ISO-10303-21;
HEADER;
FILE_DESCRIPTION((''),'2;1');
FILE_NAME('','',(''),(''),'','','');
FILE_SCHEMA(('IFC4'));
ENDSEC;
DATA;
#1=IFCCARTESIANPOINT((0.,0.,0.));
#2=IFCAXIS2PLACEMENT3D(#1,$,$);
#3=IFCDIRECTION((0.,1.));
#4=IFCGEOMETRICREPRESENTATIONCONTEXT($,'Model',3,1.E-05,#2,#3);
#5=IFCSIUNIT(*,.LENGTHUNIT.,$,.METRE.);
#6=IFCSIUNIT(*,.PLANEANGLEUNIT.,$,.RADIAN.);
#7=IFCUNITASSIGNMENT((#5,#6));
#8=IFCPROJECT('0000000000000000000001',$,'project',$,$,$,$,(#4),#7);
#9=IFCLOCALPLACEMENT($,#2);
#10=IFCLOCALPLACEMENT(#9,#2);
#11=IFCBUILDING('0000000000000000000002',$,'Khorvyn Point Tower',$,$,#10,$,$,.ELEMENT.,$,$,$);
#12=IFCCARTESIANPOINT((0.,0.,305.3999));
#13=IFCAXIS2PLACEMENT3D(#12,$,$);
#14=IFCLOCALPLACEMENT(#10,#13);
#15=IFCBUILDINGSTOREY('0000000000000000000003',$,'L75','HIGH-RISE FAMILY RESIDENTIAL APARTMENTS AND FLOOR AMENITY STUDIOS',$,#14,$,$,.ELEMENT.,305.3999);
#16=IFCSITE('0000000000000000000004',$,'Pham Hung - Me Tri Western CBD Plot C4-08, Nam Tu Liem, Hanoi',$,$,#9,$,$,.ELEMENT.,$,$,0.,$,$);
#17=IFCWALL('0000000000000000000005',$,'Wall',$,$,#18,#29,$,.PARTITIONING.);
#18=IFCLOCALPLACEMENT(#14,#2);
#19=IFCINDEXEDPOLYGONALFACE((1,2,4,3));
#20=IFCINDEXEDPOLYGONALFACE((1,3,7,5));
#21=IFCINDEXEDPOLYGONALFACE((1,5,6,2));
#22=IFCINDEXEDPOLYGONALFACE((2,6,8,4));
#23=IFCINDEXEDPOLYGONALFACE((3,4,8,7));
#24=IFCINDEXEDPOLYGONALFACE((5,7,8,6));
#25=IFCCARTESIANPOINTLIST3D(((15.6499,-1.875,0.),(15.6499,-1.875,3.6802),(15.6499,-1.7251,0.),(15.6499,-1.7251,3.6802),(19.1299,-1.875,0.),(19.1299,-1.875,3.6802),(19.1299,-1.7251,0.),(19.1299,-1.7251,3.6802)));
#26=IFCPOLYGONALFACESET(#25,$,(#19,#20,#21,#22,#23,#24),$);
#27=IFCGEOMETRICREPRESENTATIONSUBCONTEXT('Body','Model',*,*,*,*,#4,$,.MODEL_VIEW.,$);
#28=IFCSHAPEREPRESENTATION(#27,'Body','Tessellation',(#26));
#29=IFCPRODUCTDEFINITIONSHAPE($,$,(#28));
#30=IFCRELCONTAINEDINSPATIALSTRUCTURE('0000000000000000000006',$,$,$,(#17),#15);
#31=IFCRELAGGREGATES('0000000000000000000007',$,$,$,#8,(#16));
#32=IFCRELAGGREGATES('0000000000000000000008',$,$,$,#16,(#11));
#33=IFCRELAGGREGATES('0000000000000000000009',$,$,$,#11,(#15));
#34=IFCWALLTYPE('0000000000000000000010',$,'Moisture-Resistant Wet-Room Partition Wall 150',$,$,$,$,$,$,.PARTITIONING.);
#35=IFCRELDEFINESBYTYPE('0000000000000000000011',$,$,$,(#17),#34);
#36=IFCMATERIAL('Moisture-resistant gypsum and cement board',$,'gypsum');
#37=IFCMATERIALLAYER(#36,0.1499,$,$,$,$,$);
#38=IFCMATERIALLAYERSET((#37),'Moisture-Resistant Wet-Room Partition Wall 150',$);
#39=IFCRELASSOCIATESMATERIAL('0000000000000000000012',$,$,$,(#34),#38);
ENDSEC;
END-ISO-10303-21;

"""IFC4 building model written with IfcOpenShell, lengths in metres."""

from ifc_helpers import new_model, si_unit, direction, frame, frame_2d, origin, place, context, subcontext, project, spatial, rectangle, extrude, material, layer, layer_set, type_object, element, save


model = new_model("IFC4")

# Units and contexts
model_context = context("Model", 3, precision=1e-05, world=origin(), true_north=direction((0.0, 1.0)))
body_context = subcontext(model_context, "Body", "Model", "MODEL_VIEW")
ifc_project = project(units=[si_unit("LENGTHUNIT", "METRE"), si_unit("PLANEANGLEUNIT", "RADIAN")], contexts=[model_context])

# Site, building, storey
site_placement = place(None, origin())
site = spatial("IfcSite", under=ifc_project, at=site_placement, Name="Pham Hung - Me Tri Western CBD Plot C4-08, Nam Tu Liem, Hanoi", CompositionType="ELEMENT", RefElevation=0.0)
building_placement = place(site_placement, origin())
building = spatial("IfcBuilding", under=site, at=building_placement, Name="Khorvyn Point Tower", CompositionType="ELEMENT")
storey_placement = place(building_placement, frame((0.0, 0.0, 305.3999)))
storey = spatial("IfcBuildingStorey", under=building, at=storey_placement, Name="L75", Description="HIGH-RISE FAMILY RESIDENTIAL APARTMENTS AND FLOOR AMENITY STUDIOS", CompositionType="ELEMENT", Elevation=305.3999)

# Wall
ifc_material_1 = material(Name="Moisture-resistant gypsum and cement board", Category="gypsum")
ifc_layer_1 = layer(ifc_material_1, 0.1499)
ifc_layer_set_1 = layer_set([ifc_layer_1], Name="Moisture-Resistant Wet-Room Partition Wall 150")
wall_type_1 = type_object("IfcWallType", Name="Moisture-Resistant Wet-Room Partition Wall 150", PredefinedType="PARTITIONING", material=ifc_layer_set_1)
wall_1_placement = place(storey_placement, frame((15.6499, -1.8, 0.0), z_axis=(0.0, 0.0, 1.0), x_axis=(1.0, 0.0, 0.0)))
element("IfcWall", 1, at=wall_1_placement, inside=storey, type_object=wall_type_1, Name="Wall", PredefinedType="PARTITIONING", context=body_context, shape_type="SweptSolid", body=[
    extrude(rectangle(XDim=3.48, YDim=0.1499, at=frame_2d((1.74, 0.0))), origin(), (0.0, 0.0, 1.0), 3.6802),
])

save(model, "model.ifc")
